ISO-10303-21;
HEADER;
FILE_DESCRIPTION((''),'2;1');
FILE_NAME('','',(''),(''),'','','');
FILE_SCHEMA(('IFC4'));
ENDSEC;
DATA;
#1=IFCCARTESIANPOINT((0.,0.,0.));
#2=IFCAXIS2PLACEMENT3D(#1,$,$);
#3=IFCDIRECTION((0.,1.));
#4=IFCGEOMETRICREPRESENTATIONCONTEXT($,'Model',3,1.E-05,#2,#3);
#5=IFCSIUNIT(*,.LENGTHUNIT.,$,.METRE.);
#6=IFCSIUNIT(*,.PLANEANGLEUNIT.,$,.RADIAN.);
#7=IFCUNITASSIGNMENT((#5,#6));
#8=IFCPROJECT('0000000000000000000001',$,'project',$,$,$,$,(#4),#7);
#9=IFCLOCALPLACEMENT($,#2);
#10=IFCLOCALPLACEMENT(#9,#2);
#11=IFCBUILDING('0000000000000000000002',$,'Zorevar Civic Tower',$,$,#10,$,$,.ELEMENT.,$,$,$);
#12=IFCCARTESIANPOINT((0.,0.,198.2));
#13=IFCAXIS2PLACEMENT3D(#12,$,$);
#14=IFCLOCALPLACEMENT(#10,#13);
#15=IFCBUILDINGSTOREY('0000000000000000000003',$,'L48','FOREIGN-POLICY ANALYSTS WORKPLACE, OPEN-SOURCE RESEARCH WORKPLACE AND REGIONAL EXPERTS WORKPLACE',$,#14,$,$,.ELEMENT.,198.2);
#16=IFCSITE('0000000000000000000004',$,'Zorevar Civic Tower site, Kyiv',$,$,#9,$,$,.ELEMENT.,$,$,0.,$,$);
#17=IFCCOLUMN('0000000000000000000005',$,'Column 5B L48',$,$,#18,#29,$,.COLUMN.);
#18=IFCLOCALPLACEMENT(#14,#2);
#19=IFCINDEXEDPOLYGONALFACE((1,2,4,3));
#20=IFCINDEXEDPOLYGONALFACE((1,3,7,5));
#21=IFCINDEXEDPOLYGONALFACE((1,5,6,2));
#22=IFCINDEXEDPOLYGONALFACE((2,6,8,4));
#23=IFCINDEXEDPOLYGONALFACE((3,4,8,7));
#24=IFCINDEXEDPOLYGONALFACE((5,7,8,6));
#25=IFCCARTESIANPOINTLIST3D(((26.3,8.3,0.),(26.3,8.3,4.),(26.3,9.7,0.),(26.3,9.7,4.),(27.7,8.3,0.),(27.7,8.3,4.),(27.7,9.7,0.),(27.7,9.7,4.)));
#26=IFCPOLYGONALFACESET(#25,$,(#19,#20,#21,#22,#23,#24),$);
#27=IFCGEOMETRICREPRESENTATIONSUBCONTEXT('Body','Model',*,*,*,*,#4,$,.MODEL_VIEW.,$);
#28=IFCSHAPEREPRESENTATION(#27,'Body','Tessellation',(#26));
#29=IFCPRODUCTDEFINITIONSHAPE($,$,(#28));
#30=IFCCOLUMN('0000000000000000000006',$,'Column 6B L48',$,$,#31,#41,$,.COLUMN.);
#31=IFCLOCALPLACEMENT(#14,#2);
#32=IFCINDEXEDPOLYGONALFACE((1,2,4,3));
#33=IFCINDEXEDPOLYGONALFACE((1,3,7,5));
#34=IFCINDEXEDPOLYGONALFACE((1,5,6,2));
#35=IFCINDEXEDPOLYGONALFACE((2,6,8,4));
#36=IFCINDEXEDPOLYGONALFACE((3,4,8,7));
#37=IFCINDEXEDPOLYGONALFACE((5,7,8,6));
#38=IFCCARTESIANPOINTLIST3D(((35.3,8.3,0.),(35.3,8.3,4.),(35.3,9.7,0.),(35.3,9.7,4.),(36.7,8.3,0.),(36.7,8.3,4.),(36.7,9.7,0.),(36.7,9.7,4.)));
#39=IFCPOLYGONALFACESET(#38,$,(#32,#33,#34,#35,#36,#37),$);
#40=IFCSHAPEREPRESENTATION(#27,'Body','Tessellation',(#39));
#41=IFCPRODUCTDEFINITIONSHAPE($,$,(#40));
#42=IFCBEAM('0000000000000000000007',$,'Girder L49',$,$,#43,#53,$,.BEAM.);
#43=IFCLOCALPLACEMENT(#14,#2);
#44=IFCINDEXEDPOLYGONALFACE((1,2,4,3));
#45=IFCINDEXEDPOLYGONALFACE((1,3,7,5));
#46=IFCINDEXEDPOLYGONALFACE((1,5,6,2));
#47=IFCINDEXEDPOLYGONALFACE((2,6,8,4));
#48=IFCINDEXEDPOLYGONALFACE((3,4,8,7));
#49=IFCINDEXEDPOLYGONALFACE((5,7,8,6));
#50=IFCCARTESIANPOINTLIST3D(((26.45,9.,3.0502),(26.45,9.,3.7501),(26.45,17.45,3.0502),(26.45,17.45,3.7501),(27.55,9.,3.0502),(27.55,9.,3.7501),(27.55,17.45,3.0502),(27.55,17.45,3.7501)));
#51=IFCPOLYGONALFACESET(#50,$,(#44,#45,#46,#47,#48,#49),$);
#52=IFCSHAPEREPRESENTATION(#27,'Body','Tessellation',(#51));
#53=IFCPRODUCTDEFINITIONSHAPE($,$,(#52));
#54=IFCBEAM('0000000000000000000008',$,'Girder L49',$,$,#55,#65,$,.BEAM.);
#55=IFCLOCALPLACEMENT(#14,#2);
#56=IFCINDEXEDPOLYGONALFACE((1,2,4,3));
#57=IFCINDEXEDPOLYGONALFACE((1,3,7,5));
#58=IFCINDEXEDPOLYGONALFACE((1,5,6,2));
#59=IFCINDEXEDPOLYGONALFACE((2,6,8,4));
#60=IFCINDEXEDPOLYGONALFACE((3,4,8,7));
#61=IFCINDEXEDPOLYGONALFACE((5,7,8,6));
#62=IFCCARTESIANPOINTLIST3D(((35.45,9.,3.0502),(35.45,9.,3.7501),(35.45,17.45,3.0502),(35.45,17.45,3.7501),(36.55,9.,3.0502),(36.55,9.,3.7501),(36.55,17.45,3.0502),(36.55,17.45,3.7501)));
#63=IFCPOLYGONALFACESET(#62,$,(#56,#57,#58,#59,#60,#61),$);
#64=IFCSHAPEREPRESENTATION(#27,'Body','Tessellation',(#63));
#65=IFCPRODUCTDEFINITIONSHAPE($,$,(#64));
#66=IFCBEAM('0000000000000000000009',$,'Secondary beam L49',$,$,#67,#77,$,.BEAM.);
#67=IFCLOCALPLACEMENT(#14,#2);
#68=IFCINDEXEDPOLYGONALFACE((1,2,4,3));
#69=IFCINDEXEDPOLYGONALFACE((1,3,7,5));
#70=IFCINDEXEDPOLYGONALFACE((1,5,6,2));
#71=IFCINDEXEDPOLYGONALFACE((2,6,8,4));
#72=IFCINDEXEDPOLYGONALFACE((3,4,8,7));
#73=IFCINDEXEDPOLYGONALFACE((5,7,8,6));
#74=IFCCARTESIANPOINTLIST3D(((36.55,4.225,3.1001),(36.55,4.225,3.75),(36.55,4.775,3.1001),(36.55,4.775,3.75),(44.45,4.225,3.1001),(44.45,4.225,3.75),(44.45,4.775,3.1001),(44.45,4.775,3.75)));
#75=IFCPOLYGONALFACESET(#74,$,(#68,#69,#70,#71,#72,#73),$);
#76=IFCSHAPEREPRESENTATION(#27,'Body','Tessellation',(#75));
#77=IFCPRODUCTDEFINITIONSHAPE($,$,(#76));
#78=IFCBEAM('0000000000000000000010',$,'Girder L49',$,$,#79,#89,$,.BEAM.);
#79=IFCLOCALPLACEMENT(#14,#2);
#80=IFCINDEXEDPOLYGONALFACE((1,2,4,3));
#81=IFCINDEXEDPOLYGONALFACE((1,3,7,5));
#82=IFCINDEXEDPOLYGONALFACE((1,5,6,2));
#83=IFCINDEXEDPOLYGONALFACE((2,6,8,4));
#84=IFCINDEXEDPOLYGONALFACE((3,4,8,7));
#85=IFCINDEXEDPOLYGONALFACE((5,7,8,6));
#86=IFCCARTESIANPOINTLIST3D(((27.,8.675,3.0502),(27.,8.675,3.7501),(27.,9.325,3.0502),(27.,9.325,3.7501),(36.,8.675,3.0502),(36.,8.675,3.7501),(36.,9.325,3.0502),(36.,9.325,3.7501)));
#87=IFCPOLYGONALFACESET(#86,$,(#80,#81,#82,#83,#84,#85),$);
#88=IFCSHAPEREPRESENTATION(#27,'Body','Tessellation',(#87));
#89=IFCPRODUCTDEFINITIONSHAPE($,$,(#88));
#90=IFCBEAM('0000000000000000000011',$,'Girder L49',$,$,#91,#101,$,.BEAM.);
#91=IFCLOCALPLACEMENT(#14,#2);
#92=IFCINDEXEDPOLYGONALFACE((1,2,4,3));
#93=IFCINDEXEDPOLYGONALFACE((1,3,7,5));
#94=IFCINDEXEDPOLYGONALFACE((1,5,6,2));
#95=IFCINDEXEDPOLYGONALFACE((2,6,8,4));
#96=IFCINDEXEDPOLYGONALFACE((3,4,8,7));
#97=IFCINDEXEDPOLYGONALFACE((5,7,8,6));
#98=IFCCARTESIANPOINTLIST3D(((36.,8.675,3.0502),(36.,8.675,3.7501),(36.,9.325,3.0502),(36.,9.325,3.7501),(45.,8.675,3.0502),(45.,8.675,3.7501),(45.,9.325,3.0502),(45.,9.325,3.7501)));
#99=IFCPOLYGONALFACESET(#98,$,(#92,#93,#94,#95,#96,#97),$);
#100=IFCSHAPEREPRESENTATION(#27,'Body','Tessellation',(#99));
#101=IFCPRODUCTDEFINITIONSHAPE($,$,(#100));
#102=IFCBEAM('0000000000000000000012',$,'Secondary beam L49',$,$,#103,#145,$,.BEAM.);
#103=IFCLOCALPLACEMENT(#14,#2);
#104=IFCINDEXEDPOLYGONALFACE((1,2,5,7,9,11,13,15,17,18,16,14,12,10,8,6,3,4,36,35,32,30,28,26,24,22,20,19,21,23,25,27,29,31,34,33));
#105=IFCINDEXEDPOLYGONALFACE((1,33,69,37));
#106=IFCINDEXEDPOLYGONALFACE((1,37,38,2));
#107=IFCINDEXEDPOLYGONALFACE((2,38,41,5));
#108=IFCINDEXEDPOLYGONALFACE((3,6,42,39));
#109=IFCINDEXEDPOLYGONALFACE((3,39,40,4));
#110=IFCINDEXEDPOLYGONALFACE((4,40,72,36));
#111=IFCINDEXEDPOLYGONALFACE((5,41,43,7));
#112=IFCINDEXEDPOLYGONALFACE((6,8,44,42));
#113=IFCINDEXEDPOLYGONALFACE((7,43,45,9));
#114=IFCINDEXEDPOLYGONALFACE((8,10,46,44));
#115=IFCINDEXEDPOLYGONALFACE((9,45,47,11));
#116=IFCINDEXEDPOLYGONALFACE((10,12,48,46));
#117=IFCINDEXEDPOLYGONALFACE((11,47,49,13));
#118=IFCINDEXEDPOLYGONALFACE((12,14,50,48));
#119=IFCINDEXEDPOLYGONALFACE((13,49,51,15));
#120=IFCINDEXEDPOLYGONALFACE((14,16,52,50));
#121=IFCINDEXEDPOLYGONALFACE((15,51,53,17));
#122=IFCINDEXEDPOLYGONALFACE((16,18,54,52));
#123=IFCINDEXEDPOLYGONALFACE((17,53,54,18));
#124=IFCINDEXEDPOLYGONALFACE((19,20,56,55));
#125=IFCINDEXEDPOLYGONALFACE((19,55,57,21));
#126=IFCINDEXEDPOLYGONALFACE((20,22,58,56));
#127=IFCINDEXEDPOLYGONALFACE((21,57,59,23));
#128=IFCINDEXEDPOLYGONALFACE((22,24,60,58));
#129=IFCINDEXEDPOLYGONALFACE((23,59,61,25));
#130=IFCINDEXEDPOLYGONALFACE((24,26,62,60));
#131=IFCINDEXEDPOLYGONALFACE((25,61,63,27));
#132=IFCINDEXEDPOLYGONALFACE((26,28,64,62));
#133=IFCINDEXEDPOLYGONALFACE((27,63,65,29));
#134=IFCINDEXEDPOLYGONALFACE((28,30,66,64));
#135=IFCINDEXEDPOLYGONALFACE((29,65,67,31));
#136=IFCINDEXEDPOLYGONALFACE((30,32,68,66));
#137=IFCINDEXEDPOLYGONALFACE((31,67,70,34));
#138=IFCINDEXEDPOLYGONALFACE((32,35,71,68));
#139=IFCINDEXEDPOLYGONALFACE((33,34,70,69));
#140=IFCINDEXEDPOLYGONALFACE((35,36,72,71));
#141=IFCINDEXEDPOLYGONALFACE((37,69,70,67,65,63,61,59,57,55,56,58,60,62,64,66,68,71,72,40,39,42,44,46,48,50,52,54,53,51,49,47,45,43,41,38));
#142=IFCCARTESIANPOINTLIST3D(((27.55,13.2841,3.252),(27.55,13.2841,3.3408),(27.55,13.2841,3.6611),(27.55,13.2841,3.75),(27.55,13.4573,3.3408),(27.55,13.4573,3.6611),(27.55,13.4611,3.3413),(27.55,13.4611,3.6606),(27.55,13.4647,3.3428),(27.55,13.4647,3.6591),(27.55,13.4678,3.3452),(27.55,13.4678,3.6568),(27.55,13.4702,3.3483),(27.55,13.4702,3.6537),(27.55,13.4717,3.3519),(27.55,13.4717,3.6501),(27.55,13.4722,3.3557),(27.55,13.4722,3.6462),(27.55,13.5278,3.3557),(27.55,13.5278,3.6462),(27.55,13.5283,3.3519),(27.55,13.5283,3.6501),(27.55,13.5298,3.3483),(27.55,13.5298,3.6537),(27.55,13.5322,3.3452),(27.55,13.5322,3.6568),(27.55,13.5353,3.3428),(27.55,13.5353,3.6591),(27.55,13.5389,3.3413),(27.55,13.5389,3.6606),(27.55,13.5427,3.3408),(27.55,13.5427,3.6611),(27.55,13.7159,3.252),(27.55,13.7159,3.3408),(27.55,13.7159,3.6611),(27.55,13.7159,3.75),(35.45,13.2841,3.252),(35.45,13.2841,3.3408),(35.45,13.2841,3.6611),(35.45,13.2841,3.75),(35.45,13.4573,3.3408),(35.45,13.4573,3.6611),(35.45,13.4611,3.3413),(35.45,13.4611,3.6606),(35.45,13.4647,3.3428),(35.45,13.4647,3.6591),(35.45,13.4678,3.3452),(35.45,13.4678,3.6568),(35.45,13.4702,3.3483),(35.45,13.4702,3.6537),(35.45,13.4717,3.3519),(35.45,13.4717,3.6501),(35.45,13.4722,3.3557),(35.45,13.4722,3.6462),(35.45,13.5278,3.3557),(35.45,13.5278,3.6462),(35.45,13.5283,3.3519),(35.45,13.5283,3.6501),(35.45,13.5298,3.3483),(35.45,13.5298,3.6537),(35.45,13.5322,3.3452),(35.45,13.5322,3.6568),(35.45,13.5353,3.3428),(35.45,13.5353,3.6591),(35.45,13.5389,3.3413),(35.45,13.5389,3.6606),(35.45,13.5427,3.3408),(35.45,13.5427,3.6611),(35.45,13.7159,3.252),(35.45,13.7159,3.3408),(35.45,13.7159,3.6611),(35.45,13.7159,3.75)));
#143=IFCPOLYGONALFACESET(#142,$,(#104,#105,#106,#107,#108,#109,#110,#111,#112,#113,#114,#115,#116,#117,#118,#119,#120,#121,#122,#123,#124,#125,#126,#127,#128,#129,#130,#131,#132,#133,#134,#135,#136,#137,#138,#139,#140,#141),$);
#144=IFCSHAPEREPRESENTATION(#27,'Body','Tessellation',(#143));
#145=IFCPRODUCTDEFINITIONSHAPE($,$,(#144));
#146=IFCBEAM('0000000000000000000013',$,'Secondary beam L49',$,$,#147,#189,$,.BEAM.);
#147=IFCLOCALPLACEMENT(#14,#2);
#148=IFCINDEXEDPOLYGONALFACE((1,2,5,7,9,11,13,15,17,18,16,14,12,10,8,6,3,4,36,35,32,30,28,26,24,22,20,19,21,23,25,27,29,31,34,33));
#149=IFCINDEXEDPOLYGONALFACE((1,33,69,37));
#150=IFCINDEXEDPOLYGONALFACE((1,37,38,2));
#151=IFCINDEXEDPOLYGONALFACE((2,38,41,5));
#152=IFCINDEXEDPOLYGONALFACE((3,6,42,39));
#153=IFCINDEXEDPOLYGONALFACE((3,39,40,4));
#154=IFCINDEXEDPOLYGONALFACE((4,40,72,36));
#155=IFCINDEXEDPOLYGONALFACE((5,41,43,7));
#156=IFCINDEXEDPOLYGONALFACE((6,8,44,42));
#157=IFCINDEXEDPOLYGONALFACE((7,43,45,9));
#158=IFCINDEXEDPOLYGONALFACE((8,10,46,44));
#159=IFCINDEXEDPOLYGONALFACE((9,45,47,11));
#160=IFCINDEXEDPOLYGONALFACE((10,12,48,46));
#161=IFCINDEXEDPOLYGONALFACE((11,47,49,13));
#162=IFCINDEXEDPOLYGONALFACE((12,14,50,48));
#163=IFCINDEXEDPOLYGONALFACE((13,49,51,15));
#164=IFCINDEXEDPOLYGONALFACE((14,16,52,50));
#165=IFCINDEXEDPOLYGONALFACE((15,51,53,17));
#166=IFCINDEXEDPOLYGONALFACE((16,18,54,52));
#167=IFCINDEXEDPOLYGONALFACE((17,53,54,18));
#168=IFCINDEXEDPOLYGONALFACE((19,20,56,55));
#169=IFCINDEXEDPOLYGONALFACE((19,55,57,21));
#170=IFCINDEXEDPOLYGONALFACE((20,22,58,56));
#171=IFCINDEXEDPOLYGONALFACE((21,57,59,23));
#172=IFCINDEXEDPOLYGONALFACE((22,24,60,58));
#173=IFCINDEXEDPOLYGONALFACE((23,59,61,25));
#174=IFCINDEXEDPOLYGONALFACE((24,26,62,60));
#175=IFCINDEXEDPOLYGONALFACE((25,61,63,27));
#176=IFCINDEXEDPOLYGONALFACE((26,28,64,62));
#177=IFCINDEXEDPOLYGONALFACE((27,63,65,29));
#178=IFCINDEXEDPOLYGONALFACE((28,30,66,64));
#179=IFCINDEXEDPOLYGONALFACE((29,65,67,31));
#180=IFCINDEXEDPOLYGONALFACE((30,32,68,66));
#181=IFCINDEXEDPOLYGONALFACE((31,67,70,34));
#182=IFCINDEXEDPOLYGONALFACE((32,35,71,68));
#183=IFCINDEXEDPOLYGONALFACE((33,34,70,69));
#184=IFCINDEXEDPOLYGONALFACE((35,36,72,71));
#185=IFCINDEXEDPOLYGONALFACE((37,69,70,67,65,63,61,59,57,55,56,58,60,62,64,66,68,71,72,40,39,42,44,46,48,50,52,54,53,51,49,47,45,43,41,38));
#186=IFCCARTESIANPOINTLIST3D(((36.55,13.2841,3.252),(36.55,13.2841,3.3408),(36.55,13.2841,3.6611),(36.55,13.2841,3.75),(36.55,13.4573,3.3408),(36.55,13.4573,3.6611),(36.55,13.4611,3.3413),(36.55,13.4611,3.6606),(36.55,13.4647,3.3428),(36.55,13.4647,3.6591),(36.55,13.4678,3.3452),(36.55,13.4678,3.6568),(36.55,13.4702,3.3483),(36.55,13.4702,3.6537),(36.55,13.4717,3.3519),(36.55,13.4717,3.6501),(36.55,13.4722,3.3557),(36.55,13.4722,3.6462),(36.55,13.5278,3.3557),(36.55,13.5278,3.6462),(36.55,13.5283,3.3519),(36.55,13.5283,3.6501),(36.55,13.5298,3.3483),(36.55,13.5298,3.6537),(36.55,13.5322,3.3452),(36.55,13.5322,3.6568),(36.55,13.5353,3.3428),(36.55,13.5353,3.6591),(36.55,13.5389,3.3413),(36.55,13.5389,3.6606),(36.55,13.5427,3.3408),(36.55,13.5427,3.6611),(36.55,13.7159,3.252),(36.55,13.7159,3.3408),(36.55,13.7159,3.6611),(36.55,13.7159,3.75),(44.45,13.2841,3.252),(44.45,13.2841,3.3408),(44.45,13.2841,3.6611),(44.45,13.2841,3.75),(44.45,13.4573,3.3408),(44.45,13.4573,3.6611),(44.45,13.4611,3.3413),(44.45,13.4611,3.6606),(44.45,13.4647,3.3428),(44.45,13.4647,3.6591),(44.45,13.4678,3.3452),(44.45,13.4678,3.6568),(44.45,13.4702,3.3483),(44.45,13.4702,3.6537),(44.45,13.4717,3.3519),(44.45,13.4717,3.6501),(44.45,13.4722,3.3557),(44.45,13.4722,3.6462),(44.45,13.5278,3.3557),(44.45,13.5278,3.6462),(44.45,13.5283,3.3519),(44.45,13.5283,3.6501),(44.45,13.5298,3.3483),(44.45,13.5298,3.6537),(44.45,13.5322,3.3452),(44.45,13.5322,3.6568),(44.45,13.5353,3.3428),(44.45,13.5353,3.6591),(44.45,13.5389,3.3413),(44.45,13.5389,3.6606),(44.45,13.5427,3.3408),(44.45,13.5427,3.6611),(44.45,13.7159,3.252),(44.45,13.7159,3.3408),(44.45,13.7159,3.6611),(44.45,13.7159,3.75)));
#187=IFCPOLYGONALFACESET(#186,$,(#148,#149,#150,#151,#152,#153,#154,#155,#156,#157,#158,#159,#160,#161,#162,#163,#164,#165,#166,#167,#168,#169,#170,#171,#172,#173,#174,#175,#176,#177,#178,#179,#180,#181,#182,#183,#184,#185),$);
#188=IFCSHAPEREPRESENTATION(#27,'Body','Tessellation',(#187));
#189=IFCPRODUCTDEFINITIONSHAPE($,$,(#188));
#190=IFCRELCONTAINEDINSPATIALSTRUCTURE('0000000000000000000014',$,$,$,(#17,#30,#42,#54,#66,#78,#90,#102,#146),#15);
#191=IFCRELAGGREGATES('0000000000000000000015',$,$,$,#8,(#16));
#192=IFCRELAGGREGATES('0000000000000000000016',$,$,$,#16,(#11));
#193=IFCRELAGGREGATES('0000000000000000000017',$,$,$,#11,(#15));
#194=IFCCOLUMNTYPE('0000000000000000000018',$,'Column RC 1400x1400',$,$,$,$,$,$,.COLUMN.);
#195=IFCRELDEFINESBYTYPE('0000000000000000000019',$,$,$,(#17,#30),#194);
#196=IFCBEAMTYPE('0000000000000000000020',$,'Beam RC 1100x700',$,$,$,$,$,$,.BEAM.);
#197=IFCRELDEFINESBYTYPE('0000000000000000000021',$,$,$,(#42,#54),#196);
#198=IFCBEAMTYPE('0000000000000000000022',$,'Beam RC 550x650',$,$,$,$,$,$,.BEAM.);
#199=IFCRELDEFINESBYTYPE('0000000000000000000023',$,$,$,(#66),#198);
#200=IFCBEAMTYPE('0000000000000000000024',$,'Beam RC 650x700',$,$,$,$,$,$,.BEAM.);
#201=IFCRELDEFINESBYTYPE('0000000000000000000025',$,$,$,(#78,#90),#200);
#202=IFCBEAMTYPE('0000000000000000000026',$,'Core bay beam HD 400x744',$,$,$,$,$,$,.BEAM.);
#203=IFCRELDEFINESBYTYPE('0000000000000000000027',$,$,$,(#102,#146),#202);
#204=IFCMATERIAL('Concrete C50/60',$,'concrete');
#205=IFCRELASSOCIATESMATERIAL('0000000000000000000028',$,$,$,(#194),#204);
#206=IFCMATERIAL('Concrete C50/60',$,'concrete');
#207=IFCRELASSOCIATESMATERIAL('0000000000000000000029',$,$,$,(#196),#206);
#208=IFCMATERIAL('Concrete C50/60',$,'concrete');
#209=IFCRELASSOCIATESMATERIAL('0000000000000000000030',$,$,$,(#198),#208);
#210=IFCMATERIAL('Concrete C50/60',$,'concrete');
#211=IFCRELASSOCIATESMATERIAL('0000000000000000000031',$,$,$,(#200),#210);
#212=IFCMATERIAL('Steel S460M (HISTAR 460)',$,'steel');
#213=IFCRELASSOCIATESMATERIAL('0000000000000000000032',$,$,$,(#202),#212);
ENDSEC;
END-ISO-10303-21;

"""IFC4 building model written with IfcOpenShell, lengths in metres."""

from ifc_helpers import new_model, si_unit, direction, frame, origin, origin_2d, place, context, subcontext, project, spatial, rectangle, i_section, extrude, material, material_profile, profile_set, type_object, element, save


model = new_model("IFC4")

# Units and contexts
model_context = context("Model", 3, precision=1e-05, world=origin(), true_north=direction((0.0, 1.0)))
body_context = subcontext(model_context, "Body", "Model", "MODEL_VIEW")
ifc_project = project(units=[si_unit("LENGTHUNIT", "METRE"), si_unit("PLANEANGLEUNIT", "RADIAN")], contexts=[model_context])

# Site, building, storey
site_placement = place(None, origin())
site = spatial("IfcSite", under=ifc_project, at=site_placement, Name="Zorevar Civic Tower site, Kyiv", CompositionType="ELEMENT", RefElevation=0.0)
building_placement = place(site_placement, origin())
building = spatial("IfcBuilding", under=site, at=building_placement, Name="Zorevar Civic Tower", CompositionType="ELEMENT")
storey_placement = place(building_placement, frame((0.0, 0.0, 198.2)))
storey = spatial("IfcBuildingStorey", under=building, at=storey_placement, Name="L48", Description="FOREIGN-POLICY ANALYSTS WORKPLACE, OPEN-SOURCE RESEARCH WORKPLACE AND REGIONAL EXPERTS WORKPLACE", CompositionType="ELEMENT", Elevation=198.2)

# Columns
ifc_material_1 = material(Name="Concrete C50/60", Category="concrete")
ifc_material_profile_1 = material_profile(ifc_material_1, rectangle(XDim=1.3999, YDim=1.3999, at=origin_2d()), Name="RC 1400x1400")
ifc_profile_set_1 = profile_set([ifc_material_profile_1], Name="Concrete C50/60")
column_type = type_object("IfcColumnType", Name="Column RC 1400x1400", PredefinedType="COLUMN", material=ifc_profile_set_1)
for number, where, z_axis, x_axis, name in (
    (1, (27.0, 9.0, 0.0), (0.0, 0.0, 1.0), (1.0, 0.0, 0.0), "Column 5B L48"),
    (2, (36.0, 9.0, 0.0), (0.0, 0.0, 1.0), (1.0, 0.0, 0.0), "Column 6B L48"),
):
    element("IfcColumn", number, at=place(storey_placement, frame(where, z_axis=z_axis, x_axis=x_axis)), inside=storey, type_object=column_type, Name=name, PredefinedType="COLUMN", context=body_context, shape_type="SweptSolid", body=[
        extrude(rectangle(XDim=1.3999, YDim=1.3999, at=origin_2d()), origin(), (0.0, 0.0, 1.0), 4.0),
    ])

# Beams
ifc_material_2 = material(Name="Concrete C50/60", Category="concrete")
ifc_material_profile_2 = material_profile(ifc_material_2, rectangle(XDim=1.1001, YDim=0.7, at=origin_2d()), Name="RC 1100x700")
ifc_profile_set_2 = profile_set([ifc_material_profile_2], Name="Concrete C50/60")
beam_type_1 = type_object("IfcBeamType", Name="Beam RC 1100x700", PredefinedType="BEAM", material=ifc_profile_set_2)
for number, where, z_axis, x_axis, name in (
    (3, (27.0, 9.0, 3.4001), (0.0, 1.0, 0.0), (-1.0, 0.0, 0.0), "Girder L49"),
    (4, (36.0, 9.0, 3.4001), (0.0, 1.0, 0.0), (-1.0, 0.0, 0.0), "Girder L49"),
):
    element("IfcBeam", number, at=place(storey_placement, frame(where, z_axis=z_axis, x_axis=x_axis)), inside=storey, type_object=beam_type_1, Name=name, PredefinedType="BEAM", context=body_context, shape_type="SweptSolid", body=[
        extrude(rectangle(XDim=1.1001, YDim=0.7, at=origin_2d()), origin(), (0.0, 0.0, 1.0), 8.45),
    ])
ifc_material_3 = material(Name="Concrete C50/60", Category="concrete")
ifc_material_profile_3 = material_profile(ifc_material_3, rectangle(XDim=0.55, YDim=0.6499, at=origin_2d()), Name="RC 550x650")
ifc_profile_set_3 = profile_set([ifc_material_profile_3], Name="Concrete C50/60")
beam_type_2 = type_object("IfcBeamType", Name="Beam RC 550x650", PredefinedType="BEAM", material=ifc_profile_set_3)
beam_placement = place(storey_placement, frame((36.55, 4.5, 3.425), z_axis=(1.0, 0.0, 0.0), x_axis=(0.0, 1.0, 0.0)))
element("IfcBeam", 5, at=beam_placement, inside=storey, type_object=beam_type_2, Name="Secondary beam L49", PredefinedType="BEAM", context=body_context, shape_type="SweptSolid", body=[
    extrude(rectangle(XDim=0.55, YDim=0.6499, at=origin_2d()), origin(), (0.0, 0.0, 1.0), 7.8999),
])
ifc_material_4 = material(Name="Concrete C50/60", Category="concrete")
ifc_material_profile_4 = material_profile(ifc_material_4, rectangle(XDim=0.6499, YDim=0.7, at=origin_2d()), Name="RC 650x700")
ifc_profile_set_4 = profile_set([ifc_material_profile_4], Name="Concrete C50/60")
beam_type_3 = type_object("IfcBeamType", Name="Beam RC 650x700", PredefinedType="BEAM", material=ifc_profile_set_4)
for number, where, z_axis, x_axis, name in (
    (6, (27.0, 9.0, 3.4001), (1.0, 0.0, 0.0), (0.0, 1.0, 0.0), "Girder L49"),
    (7, (36.0, 9.0, 3.4001), (1.0, 0.0, 0.0), (0.0, 1.0, 0.0), "Girder L49"),
):
    element("IfcBeam", number, at=place(storey_placement, frame(where, z_axis=z_axis, x_axis=x_axis)), inside=storey, type_object=beam_type_3, Name=name, PredefinedType="BEAM", context=body_context, shape_type="SweptSolid", body=[
        extrude(rectangle(XDim=0.6499, YDim=0.7, at=origin_2d()), origin(), (0.0, 0.0, 1.0), 9.0),
    ])
ifc_material_5 = material(Name="Steel S460M (HISTAR 460)", Category="steel")
ifc_material_profile_5 = material_profile(ifc_material_5, i_section(OverallWidth=0.4319, OverallDepth=0.498, WebThickness=0.0557, FlangeThickness=0.0889, FilletRadius=0.0149, at=origin_2d()), Name="HD 400x744")
ifc_profile_set_5 = profile_set([ifc_material_profile_5], Name="Steel S460M (HISTAR 460)")
beam_type_4 = type_object("IfcBeamType", Name="Core bay beam HD 400x744", PredefinedType="BEAM", material=ifc_profile_set_5)
for number, where, z_axis, x_axis, name in (
    (8, (27.55, 13.5, 3.501), (1.0, 0.0, 0.0), (0.0, 1.0, 0.0), "Secondary beam L49"),
    (9, (36.55, 13.5, 3.501), (1.0, 0.0, 0.0), (0.0, 1.0, 0.0), "Secondary beam L49"),
):
    element("IfcBeam", number, at=place(storey_placement, frame(where, z_axis=z_axis, x_axis=x_axis)), inside=storey, type_object=beam_type_4, Name=name, PredefinedType="BEAM", context=body_context, shape_type="SweptSolid", body=[
        extrude(i_section(OverallWidth=0.4319, OverallDepth=0.498, WebThickness=0.0557, FlangeThickness=0.0889, FilletRadius=0.0149, at=origin_2d()), origin(), (0.0, 0.0, 1.0), 7.8999),
    ])

save(model, "model.ifc")
